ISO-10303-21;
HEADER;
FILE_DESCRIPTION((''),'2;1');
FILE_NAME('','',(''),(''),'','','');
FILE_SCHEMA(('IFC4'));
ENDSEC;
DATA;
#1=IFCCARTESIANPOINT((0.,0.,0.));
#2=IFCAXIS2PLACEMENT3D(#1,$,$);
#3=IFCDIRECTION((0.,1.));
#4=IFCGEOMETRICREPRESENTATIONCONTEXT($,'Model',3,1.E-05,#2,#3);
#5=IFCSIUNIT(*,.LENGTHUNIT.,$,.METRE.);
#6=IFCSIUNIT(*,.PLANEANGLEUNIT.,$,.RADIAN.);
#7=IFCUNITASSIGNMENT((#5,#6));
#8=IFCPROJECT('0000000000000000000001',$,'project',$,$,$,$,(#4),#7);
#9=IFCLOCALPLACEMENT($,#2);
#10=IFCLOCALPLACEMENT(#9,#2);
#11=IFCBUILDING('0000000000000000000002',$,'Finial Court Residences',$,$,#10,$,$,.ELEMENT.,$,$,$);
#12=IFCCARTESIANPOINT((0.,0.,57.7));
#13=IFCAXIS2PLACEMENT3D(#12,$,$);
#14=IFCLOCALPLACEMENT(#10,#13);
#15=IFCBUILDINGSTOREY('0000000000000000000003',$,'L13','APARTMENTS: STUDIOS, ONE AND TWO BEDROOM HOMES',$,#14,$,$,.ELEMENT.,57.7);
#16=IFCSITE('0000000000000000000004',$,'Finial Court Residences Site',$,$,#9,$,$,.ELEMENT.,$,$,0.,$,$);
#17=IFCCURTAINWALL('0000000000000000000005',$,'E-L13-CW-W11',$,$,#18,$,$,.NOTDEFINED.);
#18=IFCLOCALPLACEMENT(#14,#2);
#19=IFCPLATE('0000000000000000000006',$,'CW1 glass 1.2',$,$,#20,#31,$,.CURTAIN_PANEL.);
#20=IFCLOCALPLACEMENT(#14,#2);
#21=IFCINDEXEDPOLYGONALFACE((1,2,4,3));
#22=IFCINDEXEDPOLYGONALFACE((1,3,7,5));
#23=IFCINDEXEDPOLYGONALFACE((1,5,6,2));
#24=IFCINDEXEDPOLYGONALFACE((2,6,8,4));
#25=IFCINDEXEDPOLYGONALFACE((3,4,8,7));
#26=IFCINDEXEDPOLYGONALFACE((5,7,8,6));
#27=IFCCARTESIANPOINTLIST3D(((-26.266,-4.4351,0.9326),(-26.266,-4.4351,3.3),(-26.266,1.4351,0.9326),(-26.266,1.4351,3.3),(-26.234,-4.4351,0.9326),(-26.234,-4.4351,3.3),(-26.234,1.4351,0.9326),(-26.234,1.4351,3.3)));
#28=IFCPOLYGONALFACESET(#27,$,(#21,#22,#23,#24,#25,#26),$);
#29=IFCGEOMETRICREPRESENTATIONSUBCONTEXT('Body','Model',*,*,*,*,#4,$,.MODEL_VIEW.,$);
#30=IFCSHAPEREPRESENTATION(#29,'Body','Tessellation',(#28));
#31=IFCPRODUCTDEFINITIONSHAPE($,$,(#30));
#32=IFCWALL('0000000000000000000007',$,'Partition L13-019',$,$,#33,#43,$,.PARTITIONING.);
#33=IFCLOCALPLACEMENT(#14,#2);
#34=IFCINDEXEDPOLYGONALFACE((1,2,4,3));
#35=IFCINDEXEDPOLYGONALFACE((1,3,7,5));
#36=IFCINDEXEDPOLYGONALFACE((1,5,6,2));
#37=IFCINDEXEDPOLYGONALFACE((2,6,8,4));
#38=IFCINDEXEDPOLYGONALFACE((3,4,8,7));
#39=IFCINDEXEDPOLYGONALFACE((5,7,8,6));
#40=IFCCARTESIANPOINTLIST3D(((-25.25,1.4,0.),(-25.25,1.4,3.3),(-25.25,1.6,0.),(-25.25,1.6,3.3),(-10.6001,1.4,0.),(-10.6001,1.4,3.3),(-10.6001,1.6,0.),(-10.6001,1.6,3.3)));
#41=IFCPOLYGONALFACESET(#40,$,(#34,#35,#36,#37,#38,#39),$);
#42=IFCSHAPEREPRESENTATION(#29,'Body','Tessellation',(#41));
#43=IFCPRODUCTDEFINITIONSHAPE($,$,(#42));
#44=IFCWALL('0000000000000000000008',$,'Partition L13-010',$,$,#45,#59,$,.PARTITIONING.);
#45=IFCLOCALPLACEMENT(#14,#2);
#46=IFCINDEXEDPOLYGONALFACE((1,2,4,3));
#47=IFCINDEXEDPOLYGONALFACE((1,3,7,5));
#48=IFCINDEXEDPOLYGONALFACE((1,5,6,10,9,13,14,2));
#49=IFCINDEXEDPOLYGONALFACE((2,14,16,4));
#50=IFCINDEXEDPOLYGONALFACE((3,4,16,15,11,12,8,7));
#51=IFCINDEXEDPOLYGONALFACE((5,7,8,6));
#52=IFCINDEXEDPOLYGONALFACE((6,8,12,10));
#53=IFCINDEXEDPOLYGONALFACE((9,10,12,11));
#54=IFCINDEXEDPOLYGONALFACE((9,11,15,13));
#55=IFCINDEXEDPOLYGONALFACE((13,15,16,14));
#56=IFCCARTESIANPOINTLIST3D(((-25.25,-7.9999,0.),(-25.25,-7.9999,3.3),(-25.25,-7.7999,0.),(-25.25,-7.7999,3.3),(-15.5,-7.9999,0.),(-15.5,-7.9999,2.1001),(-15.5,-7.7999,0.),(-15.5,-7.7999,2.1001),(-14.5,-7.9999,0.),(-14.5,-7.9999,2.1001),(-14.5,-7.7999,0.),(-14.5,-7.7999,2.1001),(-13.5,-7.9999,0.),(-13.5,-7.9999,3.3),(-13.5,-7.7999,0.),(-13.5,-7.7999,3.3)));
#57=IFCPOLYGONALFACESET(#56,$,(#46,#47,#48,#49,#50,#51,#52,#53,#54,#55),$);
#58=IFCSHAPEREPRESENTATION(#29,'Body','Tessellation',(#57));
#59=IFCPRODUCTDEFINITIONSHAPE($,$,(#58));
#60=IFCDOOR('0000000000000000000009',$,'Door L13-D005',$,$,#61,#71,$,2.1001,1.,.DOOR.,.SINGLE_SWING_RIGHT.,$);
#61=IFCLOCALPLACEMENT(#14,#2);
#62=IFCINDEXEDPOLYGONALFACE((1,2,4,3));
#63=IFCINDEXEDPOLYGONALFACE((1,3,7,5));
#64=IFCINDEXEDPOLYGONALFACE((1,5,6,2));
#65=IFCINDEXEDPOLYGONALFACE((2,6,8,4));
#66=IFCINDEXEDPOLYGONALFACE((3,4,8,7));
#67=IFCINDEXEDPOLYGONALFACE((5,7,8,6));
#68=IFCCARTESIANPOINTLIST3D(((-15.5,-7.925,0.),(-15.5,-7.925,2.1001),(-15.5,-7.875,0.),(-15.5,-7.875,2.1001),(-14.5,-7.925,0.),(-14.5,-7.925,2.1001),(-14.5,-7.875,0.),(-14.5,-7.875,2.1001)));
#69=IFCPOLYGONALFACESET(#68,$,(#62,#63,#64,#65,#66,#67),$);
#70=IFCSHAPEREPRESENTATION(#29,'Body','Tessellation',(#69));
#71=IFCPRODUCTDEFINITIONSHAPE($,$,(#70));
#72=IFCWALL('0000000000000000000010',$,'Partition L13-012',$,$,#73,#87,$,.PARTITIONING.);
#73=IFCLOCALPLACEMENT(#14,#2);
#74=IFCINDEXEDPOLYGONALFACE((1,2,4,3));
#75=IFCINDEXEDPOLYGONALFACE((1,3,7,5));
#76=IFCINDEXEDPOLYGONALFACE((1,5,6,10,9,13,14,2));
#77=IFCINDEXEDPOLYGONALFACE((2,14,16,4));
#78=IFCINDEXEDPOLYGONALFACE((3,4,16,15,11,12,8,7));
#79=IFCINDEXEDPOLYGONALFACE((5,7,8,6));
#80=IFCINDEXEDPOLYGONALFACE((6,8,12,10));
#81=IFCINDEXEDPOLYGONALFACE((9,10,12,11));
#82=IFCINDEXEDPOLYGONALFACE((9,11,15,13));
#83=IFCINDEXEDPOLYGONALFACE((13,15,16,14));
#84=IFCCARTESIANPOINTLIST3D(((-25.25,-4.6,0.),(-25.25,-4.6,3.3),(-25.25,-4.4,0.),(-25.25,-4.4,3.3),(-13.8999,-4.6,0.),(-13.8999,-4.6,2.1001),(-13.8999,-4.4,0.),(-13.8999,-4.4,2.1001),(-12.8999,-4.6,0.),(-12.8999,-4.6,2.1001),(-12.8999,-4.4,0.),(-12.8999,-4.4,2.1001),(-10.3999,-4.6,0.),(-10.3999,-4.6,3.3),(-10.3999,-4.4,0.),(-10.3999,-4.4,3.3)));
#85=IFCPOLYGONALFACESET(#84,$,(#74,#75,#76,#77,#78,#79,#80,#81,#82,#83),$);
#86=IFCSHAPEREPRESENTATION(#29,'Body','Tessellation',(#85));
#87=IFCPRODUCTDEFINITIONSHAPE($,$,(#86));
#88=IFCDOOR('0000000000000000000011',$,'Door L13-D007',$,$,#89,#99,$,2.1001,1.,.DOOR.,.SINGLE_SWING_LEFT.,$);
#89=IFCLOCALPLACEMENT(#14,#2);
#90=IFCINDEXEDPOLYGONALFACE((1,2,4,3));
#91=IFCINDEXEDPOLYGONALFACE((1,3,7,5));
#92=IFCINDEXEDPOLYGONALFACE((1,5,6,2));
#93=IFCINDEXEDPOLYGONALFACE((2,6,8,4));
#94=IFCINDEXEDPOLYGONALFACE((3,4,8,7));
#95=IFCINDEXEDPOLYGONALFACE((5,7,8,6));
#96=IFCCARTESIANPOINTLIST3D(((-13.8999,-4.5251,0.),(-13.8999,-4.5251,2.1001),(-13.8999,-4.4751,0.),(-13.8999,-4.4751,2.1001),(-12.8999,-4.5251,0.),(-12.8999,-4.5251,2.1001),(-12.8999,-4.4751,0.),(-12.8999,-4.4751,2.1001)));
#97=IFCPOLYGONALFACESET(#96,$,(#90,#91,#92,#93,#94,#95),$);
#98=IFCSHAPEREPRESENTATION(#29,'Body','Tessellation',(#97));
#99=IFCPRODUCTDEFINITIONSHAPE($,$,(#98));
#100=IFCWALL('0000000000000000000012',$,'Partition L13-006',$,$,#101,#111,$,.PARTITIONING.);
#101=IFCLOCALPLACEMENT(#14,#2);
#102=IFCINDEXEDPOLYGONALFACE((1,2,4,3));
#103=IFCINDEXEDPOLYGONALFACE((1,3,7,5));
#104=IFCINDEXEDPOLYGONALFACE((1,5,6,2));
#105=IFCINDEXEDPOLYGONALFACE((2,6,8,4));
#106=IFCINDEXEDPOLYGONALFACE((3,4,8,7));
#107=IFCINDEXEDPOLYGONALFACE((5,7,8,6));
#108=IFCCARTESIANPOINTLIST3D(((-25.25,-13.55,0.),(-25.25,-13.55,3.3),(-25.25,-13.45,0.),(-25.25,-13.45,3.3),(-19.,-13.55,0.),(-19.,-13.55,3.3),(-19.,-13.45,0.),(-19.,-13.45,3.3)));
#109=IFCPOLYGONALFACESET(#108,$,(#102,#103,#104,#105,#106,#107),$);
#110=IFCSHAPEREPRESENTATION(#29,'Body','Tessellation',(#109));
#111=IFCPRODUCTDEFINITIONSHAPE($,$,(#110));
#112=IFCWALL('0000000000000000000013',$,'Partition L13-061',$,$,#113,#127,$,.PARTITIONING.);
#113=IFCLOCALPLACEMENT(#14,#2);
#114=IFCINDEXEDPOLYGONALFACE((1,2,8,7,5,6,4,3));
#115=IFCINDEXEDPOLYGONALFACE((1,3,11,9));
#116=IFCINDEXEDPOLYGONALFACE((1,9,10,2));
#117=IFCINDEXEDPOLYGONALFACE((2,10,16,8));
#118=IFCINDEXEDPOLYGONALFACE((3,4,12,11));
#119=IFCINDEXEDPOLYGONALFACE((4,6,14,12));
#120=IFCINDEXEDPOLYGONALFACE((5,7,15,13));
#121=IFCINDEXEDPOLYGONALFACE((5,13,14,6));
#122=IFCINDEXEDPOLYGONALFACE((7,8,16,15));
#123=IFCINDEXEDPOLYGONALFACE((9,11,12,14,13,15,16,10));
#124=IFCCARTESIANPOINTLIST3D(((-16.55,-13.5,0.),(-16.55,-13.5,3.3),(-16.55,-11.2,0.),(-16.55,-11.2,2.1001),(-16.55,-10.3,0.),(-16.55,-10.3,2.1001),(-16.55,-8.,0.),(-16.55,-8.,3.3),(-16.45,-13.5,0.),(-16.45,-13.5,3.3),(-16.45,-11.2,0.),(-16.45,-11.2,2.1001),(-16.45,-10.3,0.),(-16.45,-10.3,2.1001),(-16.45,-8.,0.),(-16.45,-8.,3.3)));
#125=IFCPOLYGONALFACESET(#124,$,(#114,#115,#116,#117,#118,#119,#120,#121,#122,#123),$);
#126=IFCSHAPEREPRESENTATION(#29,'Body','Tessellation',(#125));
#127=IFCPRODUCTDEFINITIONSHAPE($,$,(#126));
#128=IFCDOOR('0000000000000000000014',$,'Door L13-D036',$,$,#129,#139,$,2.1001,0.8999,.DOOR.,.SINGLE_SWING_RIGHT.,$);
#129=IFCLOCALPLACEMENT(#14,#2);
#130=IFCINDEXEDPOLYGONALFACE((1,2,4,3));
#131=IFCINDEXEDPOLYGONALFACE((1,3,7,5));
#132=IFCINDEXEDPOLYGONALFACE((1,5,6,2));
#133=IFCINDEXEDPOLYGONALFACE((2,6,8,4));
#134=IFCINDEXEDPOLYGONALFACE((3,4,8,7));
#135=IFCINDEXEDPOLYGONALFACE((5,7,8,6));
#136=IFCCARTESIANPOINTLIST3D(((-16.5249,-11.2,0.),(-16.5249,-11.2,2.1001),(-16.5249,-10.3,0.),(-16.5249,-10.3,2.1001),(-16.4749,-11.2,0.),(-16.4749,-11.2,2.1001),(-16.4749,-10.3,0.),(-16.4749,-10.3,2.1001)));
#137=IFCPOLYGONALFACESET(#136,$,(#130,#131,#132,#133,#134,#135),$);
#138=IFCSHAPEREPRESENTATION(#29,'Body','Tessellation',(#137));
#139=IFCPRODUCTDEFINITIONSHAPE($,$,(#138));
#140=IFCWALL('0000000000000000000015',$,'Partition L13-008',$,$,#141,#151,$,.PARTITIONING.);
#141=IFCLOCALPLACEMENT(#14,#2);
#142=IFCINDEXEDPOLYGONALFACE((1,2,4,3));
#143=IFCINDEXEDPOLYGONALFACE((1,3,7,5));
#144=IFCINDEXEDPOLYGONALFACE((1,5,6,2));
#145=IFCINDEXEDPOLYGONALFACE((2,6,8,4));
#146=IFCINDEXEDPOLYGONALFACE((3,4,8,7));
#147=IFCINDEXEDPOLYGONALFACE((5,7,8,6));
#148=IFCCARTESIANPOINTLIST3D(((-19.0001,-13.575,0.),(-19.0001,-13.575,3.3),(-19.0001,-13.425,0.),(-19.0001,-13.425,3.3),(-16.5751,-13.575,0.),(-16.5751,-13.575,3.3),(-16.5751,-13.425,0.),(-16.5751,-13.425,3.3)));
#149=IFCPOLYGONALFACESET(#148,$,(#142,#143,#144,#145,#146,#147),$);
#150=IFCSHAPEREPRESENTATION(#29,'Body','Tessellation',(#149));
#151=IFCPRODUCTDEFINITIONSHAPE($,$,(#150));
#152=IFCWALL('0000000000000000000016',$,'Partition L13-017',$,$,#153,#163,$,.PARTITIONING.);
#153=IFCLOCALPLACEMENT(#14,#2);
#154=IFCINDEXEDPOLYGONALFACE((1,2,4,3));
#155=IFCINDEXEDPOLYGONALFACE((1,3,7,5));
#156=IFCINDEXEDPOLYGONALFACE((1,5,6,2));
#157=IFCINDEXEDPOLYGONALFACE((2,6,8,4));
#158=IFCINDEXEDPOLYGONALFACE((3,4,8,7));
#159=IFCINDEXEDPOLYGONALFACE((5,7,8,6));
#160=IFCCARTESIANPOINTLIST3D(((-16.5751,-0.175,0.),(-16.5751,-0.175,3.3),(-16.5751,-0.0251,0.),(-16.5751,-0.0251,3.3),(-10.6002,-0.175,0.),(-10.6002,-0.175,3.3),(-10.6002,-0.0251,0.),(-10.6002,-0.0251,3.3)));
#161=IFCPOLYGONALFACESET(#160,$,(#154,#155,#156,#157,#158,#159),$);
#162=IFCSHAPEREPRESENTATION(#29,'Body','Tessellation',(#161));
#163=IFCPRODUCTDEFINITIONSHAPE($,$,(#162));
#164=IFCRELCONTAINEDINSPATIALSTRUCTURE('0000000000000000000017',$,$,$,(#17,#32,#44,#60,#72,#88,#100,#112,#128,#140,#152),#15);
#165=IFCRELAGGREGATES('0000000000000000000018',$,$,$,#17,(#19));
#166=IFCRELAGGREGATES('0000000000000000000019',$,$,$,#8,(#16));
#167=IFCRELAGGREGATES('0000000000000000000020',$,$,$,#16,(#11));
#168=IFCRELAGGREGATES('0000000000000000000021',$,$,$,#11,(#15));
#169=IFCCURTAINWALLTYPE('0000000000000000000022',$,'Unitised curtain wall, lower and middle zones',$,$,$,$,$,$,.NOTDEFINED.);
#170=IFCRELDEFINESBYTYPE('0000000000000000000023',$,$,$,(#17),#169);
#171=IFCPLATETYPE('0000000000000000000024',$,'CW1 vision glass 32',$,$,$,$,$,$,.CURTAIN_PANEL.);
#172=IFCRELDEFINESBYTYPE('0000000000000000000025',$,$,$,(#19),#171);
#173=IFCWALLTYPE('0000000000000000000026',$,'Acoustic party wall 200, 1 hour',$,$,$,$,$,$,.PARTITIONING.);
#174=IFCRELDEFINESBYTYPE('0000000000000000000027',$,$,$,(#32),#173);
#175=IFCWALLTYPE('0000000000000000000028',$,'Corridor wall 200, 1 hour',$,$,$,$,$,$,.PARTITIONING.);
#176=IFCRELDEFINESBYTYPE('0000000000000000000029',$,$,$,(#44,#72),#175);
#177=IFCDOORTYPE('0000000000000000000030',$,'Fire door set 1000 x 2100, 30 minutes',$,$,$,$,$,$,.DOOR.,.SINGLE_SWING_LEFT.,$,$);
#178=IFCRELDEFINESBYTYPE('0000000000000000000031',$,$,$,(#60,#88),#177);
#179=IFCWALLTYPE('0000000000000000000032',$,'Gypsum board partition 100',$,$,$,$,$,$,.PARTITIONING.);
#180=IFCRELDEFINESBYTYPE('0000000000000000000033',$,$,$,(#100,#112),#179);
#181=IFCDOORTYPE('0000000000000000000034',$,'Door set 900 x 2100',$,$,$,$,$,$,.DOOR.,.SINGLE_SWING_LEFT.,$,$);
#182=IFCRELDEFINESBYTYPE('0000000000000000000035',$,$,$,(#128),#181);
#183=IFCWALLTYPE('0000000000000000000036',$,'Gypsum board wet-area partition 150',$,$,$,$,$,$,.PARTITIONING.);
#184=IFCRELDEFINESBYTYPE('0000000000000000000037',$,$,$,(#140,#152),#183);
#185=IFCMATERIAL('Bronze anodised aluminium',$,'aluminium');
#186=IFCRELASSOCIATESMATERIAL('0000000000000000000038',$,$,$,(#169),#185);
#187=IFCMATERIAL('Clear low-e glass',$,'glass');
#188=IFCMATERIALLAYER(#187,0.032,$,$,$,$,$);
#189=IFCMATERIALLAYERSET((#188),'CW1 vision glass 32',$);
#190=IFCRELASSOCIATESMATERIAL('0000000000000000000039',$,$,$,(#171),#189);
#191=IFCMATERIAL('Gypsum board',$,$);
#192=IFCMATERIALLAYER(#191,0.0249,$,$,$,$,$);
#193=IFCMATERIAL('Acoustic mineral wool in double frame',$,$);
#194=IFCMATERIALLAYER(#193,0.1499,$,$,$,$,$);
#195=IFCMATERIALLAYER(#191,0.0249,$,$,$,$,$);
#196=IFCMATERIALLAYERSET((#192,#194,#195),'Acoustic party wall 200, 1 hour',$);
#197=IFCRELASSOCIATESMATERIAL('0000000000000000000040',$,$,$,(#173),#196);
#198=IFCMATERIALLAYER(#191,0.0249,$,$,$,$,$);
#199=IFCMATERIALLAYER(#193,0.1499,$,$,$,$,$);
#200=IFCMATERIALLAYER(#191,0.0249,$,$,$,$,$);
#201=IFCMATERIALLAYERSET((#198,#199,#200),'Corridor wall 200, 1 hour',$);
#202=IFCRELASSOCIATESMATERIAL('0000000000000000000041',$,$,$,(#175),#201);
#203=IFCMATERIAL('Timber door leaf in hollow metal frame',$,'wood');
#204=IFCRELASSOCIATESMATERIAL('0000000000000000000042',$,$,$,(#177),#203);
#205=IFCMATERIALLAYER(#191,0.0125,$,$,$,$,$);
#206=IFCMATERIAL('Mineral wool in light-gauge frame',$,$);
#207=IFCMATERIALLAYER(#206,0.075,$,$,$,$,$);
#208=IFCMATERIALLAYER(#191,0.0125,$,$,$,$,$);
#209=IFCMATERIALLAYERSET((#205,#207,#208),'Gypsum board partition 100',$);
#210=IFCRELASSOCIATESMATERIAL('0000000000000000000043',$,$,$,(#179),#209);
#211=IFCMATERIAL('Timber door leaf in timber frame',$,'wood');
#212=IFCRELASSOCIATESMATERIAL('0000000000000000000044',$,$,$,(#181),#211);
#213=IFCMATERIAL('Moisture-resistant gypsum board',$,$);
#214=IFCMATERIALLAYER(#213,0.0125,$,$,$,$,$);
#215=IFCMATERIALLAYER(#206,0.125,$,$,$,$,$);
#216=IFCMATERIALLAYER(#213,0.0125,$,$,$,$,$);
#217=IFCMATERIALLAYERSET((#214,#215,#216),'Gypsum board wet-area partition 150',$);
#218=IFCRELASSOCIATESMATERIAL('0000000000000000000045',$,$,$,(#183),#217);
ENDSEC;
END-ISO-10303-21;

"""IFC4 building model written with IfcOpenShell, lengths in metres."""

from ifc_helpers import new_model, si_unit, direction, frame, frame_2d, origin, origin_2d, place, context, subcontext, project, spatial, rectangle, extrude, material, layer, layer_set, type_object, element, fill, aggregate, save


model = new_model("IFC4")

# Units and contexts
model_context = context("Model", 3, precision=1e-05, world=origin(), true_north=direction((0.0, 1.0)))
body_context = subcontext(model_context, "Body", "Model", "MODEL_VIEW")
ifc_project = project(units=[si_unit("LENGTHUNIT", "METRE"), si_unit("PLANEANGLEUNIT", "RADIAN")], contexts=[model_context])

# Site, building, storey
site_placement = place(None, origin())
site = spatial("IfcSite", under=ifc_project, at=site_placement, Name="Finial Court Residences Site", CompositionType="ELEMENT", RefElevation=0.0)
building_placement = place(site_placement, origin())
building = spatial("IfcBuilding", under=site, at=building_placement, Name="Finial Court Residences", CompositionType="ELEMENT")
storey_placement = place(building_placement, frame((0.0, 0.0, 57.7)))
storey = spatial("IfcBuildingStorey", under=building, at=storey_placement, Name="L13", Description="APARTMENTS: STUDIOS, ONE AND TWO BEDROOM HOMES", CompositionType="ELEMENT", Elevation=57.7)

# Curtain wall
ifc_material_1 = material(Name="Bronze anodised aluminium", Category="aluminium")
curtain_wall_type = type_object("IfcCurtainWallType", Name="Unitised curtain wall, lower and middle zones", PredefinedType="NOTDEFINED", material=ifc_material_1)
curtain_wall_1_placement = place(storey_placement, origin())
curtain_wall_1 = element("IfcCurtainWall", 1, at=curtain_wall_1_placement, inside=storey, type_object=curtain_wall_type, Name="E-L13-CW-W11", PredefinedType="NOTDEFINED")

# Plate
ifc_material_2 = material(Name="Clear low-e glass", Category="glass")
ifc_layer_1 = layer(ifc_material_2, 0.032)
ifc_layer_set_1 = layer_set([ifc_layer_1], Name="CW1 vision glass 32")
plate_type_1 = type_object("IfcPlateType", Name="CW1 vision glass 32", PredefinedType="CURTAIN_PANEL", material=ifc_layer_set_1)
plate_1_placement = place(storey_placement, frame((-26.25, -1.5, 0.9326), z_axis=(0.0, 0.0, 1.0), x_axis=(0.0, 1.0, 0.0)))
plate_1 = element("IfcPlate", 2, at=plate_1_placement, type_object=plate_type_1, Name="CW1 glass 1.2", PredefinedType="CURTAIN_PANEL", context=body_context, shape_type="SweptSolid", body=[
    extrude(rectangle(XDim=5.8701, YDim=0.032, at=origin_2d()), origin(), (0.0, 0.0, 1.0), 2.3674),
])
aggregate(curtain_wall_1, [plate_1])

# Wall
ifc_material_3 = material(Name="Gypsum board")
ifc_layer_2 = layer(ifc_material_3, 0.0249)
ifc_material_4 = material(Name="Acoustic mineral wool in double frame")
ifc_layer_3 = layer(ifc_material_4, 0.1499)
ifc_layer_4 = layer(ifc_material_3, 0.0249)
ifc_layer_set_2 = layer_set([ifc_layer_2, ifc_layer_3, ifc_layer_4], Name="Acoustic party wall 200, 1 hour")
wall_type_1 = type_object("IfcWallType", Name="Acoustic party wall 200, 1 hour", PredefinedType="PARTITIONING", material=ifc_layer_set_2)
wall_1_placement = place(storey_placement, frame((-25.25, 1.5, 0.0), z_axis=(0.0, 0.0, 1.0), x_axis=(1.0, 0.0, 0.0)))
element("IfcWall", 3, at=wall_1_placement, inside=storey, type_object=wall_type_1, Name="Partition L13-019", PredefinedType="PARTITIONING", context=body_context, shape_type="SweptSolid", body=[
    extrude(rectangle(XDim=14.6499, YDim=0.2, at=frame_2d((7.325, 0.0))), origin(), (0.0, 0.0, 1.0), 3.3),
])

# Walls, openings, doors
ifc_layer_5 = layer(ifc_material_3, 0.0249)
ifc_layer_6 = layer(ifc_material_4, 0.1499)
ifc_layer_7 = layer(ifc_material_3, 0.0249)
ifc_layer_set_3 = layer_set([ifc_layer_5, ifc_layer_6, ifc_layer_7], Name="Corridor wall 200, 1 hour")
wall_type_2 = type_object("IfcWallType", Name="Corridor wall 200, 1 hour", PredefinedType="PARTITIONING", material=ifc_layer_set_3)
wall_2_placement = place(storey_placement, frame((-25.25, -7.8999, 0.0), z_axis=(0.0, 0.0, 1.0), x_axis=(1.0, 0.0, 0.0)))
wall_2 = element("IfcWall", 4, at=wall_2_placement, inside=storey, type_object=wall_type_2, Name="Partition L13-010", PredefinedType="PARTITIONING", context=body_context, shape_type="SweptSolid", body=[
    extrude(rectangle(XDim=11.75, YDim=0.2, at=frame_2d((5.875, 0.0))), origin(), (0.0, 0.0, 1.0), 3.3),
])
opening_1_placement = place(wall_2_placement, frame((9.75, 0.0, 0.0)))
opening_1 = element("IfcOpeningElement", 5, at=opening_1_placement, cuts=wall_2, PredefinedType="OPENING", context=body_context, shape_type="SweptSolid", body=[
    extrude(rectangle(XDim=1.0, YDim=2.1001, at=frame_2d((0.5, 1.05))), frame((0.0, 0.1099, 0.0), z_axis=(0.0, -1.0, 0.0), x_axis=(1.0, 0.0, 0.0)), (0.0, 0.0, 1.0), 0.22),
])
ifc_material_5 = material(Name="Timber door leaf in hollow metal frame", Category="wood")
door_type_1 = type_object("IfcDoorType", Name="Fire door set 1000 x 2100, 30 minutes", OperationType="SINGLE_SWING_LEFT", PredefinedType="DOOR", material=ifc_material_5)
door_1_placement = place(opening_1_placement, origin())
door_1 = element("IfcDoor", 6, at=door_1_placement, inside=storey, type_object=door_type_1, Name="Door L13-D005", OperationType="SINGLE_SWING_RIGHT", OverallHeight=2.1001, OverallWidth=1.0, PredefinedType="DOOR", context=body_context, shape_type="SweptSolid", body=[
    extrude(rectangle(XDim=1.0, YDim=2.1001, at=frame_2d((0.5, 1.05))), frame((0.0, 0.0249, 0.0), z_axis=(0.0, -1.0, 0.0), x_axis=(1.0, 0.0, 0.0)), (0.0, 0.0, 1.0), 0.05),
])
fill(opening_1, door_1)
wall_3_placement = place(storey_placement, frame((-25.25, -4.5, 0.0), z_axis=(0.0, 0.0, 1.0), x_axis=(1.0, 0.0, 0.0)))
wall_3 = element("IfcWall", 7, at=wall_3_placement, inside=storey, type_object=wall_type_2, Name="Partition L13-012", PredefinedType="PARTITIONING", context=body_context, shape_type="SweptSolid", body=[
    extrude(rectangle(XDim=14.8501, YDim=0.2, at=frame_2d((7.425, 0.0))), origin(), (0.0, 0.0, 1.0), 3.3),
])
opening_2_placement = place(wall_3_placement, frame((11.3501, 0.0, 0.0)))
opening_2 = element("IfcOpeningElement", 8, at=opening_2_placement, cuts=wall_3, PredefinedType="OPENING", context=body_context, shape_type="SweptSolid", body=[
    extrude(rectangle(XDim=1.0, YDim=2.1001, at=frame_2d((0.5, 1.05))), frame((0.0, 0.1099, 0.0), z_axis=(0.0, -1.0, 0.0), x_axis=(1.0, 0.0, 0.0)), (0.0, 0.0, 1.0), 0.22),
])
door_2_placement = place(opening_2_placement, origin())
door_2 = element("IfcDoor", 9, at=door_2_placement, inside=storey, type_object=door_type_1, Name="Door L13-D007", OperationType="SINGLE_SWING_LEFT", OverallHeight=2.1001, OverallWidth=1.0, PredefinedType="DOOR", context=body_context, shape_type="SweptSolid", body=[
    extrude(rectangle(XDim=1.0, YDim=2.1001, at=frame_2d((0.5, 1.05))), frame((0.0, 0.0249, 0.0), z_axis=(0.0, -1.0, 0.0), x_axis=(1.0, 0.0, 0.0)), (0.0, 0.0, 1.0), 0.05),
])
fill(opening_2, door_2)

# Wall
ifc_layer_8 = layer(ifc_material_3, 0.0125)
ifc_material_6 = material(Name="Mineral wool in light-gauge frame")
ifc_layer_9 = layer(ifc_material_6, 0.075)
ifc_layer_10 = layer(ifc_material_3, 0.0125)
ifc_layer_set_4 = layer_set([ifc_layer_8, ifc_layer_9, ifc_layer_10], Name="Gypsum board partition 100")
wall_type_3 = type_object("IfcWallType", Name="Gypsum board partition 100", PredefinedType="PARTITIONING", material=ifc_layer_set_4)
wall_4_placement = place(storey_placement, frame((-25.25, -13.5, 0.0), z_axis=(0.0, 0.0, 1.0), x_axis=(1.0, 0.0, 0.0)))
element("IfcWall", 10, at=wall_4_placement, inside=storey, type_object=wall_type_3, Name="Partition L13-006", PredefinedType="PARTITIONING", context=body_context, shape_type="SweptSolid", body=[
    extrude(rectangle(XDim=6.25, YDim=0.1001, at=frame_2d((3.125, 0.0))), origin(), (0.0, 0.0, 1.0), 3.3),
])

# Wall, opening, door
wall_5_placement = place(storey_placement, frame((-16.5, -13.5, 0.0), z_axis=(0.0, 0.0, 1.0), x_axis=(0.0, 1.0, 0.0)))
wall_5 = element("IfcWall", 11, at=wall_5_placement, inside=storey, type_object=wall_type_3, Name="Partition L13-061", PredefinedType="PARTITIONING", context=body_context, shape_type="SweptSolid", body=[
    extrude(rectangle(XDim=5.5, YDim=0.1001, at=frame_2d((2.75, 0.0))), origin(), (0.0, 0.0, 1.0), 3.3),
])
opening_3_placement = place(wall_5_placement, frame((2.3, 0.0, 0.0)))
opening_3 = element("IfcOpeningElement", 12, at=opening_3_placement, cuts=wall_5, PredefinedType="OPENING", context=body_context, shape_type="SweptSolid", body=[
    extrude(rectangle(XDim=0.8999, YDim=2.1001, at=frame_2d((0.45, 1.05))), frame((0.0, 0.0601, 0.0), z_axis=(0.0, -1.0, 0.0), x_axis=(1.0, 0.0, 0.0)), (0.0, 0.0, 1.0), 0.1201),
])
ifc_material_7 = material(Name="Timber door leaf in timber frame", Category="wood")
door_type_2 = type_object("IfcDoorType", Name="Door set 900 x 2100", OperationType="SINGLE_SWING_LEFT", PredefinedType="DOOR", material=ifc_material_7)
door_3_placement = place(opening_3_placement, origin())
door_3 = element("IfcDoor", 13, at=door_3_placement, inside=storey, type_object=door_type_2, Name="Door L13-D036", OperationType="SINGLE_SWING_RIGHT", OverallHeight=2.1001, OverallWidth=0.8999, PredefinedType="DOOR", context=body_context, shape_type="SweptSolid", body=[
    extrude(rectangle(XDim=0.8999, YDim=2.1001, at=frame_2d((0.45, 1.05))), frame((0.0, 0.0249, 0.0), z_axis=(0.0, -1.0, 0.0), x_axis=(1.0, 0.0, 0.0)), (0.0, 0.0, 1.0), 0.05),
])
fill(opening_3, door_3)

# Walls
ifc_material_8 = material(Name="Moisture-resistant gypsum board")
ifc_layer_11 = layer(ifc_material_8, 0.0125)
ifc_layer_12 = layer(ifc_material_6, 0.125)
ifc_layer_13 = layer(ifc_material_8, 0.0125)
ifc_layer_set_5 = layer_set([ifc_layer_11, ifc_layer_12, ifc_layer_13], Name="Gypsum board wet-area partition 150")
wall_type_4 = type_object("IfcWallType", Name="Gypsum board wet-area partition 150", PredefinedType="PARTITIONING", material=ifc_layer_set_5)
wall_6_placement = place(storey_placement, frame((-19.0, -13.5, 0.0), z_axis=(0.0, 0.0, 1.0), x_axis=(1.0, 0.0, 0.0)))
element("IfcWall", 14, at=wall_6_placement, inside=storey, type_object=wall_type_4, Name="Partition L13-008", PredefinedType="PARTITIONING", context=body_context, shape_type="SweptSolid", body=[
    extrude(rectangle(XDim=2.425, YDim=0.1499, at=frame_2d((1.2124, 0.0))), origin(), (0.0, 0.0, 1.0), 3.3),
])
wall_7_placement = place(storey_placement, frame((-16.575, -0.1001, 0.0), z_axis=(0.0, 0.0, 1.0), x_axis=(1.0, 0.0, 0.0)))
element("IfcWall", 15, at=wall_7_placement, inside=storey, type_object=wall_type_4, Name="Partition L13-017", PredefinedType="PARTITIONING", context=body_context, shape_type="SweptSolid", body=[
    extrude(rectangle(XDim=5.9749, YDim=0.1499, at=frame_2d((2.9873, 0.0))), origin(), (0.0, 0.0, 1.0), 3.3),
])

save(model, "model.ifc")
